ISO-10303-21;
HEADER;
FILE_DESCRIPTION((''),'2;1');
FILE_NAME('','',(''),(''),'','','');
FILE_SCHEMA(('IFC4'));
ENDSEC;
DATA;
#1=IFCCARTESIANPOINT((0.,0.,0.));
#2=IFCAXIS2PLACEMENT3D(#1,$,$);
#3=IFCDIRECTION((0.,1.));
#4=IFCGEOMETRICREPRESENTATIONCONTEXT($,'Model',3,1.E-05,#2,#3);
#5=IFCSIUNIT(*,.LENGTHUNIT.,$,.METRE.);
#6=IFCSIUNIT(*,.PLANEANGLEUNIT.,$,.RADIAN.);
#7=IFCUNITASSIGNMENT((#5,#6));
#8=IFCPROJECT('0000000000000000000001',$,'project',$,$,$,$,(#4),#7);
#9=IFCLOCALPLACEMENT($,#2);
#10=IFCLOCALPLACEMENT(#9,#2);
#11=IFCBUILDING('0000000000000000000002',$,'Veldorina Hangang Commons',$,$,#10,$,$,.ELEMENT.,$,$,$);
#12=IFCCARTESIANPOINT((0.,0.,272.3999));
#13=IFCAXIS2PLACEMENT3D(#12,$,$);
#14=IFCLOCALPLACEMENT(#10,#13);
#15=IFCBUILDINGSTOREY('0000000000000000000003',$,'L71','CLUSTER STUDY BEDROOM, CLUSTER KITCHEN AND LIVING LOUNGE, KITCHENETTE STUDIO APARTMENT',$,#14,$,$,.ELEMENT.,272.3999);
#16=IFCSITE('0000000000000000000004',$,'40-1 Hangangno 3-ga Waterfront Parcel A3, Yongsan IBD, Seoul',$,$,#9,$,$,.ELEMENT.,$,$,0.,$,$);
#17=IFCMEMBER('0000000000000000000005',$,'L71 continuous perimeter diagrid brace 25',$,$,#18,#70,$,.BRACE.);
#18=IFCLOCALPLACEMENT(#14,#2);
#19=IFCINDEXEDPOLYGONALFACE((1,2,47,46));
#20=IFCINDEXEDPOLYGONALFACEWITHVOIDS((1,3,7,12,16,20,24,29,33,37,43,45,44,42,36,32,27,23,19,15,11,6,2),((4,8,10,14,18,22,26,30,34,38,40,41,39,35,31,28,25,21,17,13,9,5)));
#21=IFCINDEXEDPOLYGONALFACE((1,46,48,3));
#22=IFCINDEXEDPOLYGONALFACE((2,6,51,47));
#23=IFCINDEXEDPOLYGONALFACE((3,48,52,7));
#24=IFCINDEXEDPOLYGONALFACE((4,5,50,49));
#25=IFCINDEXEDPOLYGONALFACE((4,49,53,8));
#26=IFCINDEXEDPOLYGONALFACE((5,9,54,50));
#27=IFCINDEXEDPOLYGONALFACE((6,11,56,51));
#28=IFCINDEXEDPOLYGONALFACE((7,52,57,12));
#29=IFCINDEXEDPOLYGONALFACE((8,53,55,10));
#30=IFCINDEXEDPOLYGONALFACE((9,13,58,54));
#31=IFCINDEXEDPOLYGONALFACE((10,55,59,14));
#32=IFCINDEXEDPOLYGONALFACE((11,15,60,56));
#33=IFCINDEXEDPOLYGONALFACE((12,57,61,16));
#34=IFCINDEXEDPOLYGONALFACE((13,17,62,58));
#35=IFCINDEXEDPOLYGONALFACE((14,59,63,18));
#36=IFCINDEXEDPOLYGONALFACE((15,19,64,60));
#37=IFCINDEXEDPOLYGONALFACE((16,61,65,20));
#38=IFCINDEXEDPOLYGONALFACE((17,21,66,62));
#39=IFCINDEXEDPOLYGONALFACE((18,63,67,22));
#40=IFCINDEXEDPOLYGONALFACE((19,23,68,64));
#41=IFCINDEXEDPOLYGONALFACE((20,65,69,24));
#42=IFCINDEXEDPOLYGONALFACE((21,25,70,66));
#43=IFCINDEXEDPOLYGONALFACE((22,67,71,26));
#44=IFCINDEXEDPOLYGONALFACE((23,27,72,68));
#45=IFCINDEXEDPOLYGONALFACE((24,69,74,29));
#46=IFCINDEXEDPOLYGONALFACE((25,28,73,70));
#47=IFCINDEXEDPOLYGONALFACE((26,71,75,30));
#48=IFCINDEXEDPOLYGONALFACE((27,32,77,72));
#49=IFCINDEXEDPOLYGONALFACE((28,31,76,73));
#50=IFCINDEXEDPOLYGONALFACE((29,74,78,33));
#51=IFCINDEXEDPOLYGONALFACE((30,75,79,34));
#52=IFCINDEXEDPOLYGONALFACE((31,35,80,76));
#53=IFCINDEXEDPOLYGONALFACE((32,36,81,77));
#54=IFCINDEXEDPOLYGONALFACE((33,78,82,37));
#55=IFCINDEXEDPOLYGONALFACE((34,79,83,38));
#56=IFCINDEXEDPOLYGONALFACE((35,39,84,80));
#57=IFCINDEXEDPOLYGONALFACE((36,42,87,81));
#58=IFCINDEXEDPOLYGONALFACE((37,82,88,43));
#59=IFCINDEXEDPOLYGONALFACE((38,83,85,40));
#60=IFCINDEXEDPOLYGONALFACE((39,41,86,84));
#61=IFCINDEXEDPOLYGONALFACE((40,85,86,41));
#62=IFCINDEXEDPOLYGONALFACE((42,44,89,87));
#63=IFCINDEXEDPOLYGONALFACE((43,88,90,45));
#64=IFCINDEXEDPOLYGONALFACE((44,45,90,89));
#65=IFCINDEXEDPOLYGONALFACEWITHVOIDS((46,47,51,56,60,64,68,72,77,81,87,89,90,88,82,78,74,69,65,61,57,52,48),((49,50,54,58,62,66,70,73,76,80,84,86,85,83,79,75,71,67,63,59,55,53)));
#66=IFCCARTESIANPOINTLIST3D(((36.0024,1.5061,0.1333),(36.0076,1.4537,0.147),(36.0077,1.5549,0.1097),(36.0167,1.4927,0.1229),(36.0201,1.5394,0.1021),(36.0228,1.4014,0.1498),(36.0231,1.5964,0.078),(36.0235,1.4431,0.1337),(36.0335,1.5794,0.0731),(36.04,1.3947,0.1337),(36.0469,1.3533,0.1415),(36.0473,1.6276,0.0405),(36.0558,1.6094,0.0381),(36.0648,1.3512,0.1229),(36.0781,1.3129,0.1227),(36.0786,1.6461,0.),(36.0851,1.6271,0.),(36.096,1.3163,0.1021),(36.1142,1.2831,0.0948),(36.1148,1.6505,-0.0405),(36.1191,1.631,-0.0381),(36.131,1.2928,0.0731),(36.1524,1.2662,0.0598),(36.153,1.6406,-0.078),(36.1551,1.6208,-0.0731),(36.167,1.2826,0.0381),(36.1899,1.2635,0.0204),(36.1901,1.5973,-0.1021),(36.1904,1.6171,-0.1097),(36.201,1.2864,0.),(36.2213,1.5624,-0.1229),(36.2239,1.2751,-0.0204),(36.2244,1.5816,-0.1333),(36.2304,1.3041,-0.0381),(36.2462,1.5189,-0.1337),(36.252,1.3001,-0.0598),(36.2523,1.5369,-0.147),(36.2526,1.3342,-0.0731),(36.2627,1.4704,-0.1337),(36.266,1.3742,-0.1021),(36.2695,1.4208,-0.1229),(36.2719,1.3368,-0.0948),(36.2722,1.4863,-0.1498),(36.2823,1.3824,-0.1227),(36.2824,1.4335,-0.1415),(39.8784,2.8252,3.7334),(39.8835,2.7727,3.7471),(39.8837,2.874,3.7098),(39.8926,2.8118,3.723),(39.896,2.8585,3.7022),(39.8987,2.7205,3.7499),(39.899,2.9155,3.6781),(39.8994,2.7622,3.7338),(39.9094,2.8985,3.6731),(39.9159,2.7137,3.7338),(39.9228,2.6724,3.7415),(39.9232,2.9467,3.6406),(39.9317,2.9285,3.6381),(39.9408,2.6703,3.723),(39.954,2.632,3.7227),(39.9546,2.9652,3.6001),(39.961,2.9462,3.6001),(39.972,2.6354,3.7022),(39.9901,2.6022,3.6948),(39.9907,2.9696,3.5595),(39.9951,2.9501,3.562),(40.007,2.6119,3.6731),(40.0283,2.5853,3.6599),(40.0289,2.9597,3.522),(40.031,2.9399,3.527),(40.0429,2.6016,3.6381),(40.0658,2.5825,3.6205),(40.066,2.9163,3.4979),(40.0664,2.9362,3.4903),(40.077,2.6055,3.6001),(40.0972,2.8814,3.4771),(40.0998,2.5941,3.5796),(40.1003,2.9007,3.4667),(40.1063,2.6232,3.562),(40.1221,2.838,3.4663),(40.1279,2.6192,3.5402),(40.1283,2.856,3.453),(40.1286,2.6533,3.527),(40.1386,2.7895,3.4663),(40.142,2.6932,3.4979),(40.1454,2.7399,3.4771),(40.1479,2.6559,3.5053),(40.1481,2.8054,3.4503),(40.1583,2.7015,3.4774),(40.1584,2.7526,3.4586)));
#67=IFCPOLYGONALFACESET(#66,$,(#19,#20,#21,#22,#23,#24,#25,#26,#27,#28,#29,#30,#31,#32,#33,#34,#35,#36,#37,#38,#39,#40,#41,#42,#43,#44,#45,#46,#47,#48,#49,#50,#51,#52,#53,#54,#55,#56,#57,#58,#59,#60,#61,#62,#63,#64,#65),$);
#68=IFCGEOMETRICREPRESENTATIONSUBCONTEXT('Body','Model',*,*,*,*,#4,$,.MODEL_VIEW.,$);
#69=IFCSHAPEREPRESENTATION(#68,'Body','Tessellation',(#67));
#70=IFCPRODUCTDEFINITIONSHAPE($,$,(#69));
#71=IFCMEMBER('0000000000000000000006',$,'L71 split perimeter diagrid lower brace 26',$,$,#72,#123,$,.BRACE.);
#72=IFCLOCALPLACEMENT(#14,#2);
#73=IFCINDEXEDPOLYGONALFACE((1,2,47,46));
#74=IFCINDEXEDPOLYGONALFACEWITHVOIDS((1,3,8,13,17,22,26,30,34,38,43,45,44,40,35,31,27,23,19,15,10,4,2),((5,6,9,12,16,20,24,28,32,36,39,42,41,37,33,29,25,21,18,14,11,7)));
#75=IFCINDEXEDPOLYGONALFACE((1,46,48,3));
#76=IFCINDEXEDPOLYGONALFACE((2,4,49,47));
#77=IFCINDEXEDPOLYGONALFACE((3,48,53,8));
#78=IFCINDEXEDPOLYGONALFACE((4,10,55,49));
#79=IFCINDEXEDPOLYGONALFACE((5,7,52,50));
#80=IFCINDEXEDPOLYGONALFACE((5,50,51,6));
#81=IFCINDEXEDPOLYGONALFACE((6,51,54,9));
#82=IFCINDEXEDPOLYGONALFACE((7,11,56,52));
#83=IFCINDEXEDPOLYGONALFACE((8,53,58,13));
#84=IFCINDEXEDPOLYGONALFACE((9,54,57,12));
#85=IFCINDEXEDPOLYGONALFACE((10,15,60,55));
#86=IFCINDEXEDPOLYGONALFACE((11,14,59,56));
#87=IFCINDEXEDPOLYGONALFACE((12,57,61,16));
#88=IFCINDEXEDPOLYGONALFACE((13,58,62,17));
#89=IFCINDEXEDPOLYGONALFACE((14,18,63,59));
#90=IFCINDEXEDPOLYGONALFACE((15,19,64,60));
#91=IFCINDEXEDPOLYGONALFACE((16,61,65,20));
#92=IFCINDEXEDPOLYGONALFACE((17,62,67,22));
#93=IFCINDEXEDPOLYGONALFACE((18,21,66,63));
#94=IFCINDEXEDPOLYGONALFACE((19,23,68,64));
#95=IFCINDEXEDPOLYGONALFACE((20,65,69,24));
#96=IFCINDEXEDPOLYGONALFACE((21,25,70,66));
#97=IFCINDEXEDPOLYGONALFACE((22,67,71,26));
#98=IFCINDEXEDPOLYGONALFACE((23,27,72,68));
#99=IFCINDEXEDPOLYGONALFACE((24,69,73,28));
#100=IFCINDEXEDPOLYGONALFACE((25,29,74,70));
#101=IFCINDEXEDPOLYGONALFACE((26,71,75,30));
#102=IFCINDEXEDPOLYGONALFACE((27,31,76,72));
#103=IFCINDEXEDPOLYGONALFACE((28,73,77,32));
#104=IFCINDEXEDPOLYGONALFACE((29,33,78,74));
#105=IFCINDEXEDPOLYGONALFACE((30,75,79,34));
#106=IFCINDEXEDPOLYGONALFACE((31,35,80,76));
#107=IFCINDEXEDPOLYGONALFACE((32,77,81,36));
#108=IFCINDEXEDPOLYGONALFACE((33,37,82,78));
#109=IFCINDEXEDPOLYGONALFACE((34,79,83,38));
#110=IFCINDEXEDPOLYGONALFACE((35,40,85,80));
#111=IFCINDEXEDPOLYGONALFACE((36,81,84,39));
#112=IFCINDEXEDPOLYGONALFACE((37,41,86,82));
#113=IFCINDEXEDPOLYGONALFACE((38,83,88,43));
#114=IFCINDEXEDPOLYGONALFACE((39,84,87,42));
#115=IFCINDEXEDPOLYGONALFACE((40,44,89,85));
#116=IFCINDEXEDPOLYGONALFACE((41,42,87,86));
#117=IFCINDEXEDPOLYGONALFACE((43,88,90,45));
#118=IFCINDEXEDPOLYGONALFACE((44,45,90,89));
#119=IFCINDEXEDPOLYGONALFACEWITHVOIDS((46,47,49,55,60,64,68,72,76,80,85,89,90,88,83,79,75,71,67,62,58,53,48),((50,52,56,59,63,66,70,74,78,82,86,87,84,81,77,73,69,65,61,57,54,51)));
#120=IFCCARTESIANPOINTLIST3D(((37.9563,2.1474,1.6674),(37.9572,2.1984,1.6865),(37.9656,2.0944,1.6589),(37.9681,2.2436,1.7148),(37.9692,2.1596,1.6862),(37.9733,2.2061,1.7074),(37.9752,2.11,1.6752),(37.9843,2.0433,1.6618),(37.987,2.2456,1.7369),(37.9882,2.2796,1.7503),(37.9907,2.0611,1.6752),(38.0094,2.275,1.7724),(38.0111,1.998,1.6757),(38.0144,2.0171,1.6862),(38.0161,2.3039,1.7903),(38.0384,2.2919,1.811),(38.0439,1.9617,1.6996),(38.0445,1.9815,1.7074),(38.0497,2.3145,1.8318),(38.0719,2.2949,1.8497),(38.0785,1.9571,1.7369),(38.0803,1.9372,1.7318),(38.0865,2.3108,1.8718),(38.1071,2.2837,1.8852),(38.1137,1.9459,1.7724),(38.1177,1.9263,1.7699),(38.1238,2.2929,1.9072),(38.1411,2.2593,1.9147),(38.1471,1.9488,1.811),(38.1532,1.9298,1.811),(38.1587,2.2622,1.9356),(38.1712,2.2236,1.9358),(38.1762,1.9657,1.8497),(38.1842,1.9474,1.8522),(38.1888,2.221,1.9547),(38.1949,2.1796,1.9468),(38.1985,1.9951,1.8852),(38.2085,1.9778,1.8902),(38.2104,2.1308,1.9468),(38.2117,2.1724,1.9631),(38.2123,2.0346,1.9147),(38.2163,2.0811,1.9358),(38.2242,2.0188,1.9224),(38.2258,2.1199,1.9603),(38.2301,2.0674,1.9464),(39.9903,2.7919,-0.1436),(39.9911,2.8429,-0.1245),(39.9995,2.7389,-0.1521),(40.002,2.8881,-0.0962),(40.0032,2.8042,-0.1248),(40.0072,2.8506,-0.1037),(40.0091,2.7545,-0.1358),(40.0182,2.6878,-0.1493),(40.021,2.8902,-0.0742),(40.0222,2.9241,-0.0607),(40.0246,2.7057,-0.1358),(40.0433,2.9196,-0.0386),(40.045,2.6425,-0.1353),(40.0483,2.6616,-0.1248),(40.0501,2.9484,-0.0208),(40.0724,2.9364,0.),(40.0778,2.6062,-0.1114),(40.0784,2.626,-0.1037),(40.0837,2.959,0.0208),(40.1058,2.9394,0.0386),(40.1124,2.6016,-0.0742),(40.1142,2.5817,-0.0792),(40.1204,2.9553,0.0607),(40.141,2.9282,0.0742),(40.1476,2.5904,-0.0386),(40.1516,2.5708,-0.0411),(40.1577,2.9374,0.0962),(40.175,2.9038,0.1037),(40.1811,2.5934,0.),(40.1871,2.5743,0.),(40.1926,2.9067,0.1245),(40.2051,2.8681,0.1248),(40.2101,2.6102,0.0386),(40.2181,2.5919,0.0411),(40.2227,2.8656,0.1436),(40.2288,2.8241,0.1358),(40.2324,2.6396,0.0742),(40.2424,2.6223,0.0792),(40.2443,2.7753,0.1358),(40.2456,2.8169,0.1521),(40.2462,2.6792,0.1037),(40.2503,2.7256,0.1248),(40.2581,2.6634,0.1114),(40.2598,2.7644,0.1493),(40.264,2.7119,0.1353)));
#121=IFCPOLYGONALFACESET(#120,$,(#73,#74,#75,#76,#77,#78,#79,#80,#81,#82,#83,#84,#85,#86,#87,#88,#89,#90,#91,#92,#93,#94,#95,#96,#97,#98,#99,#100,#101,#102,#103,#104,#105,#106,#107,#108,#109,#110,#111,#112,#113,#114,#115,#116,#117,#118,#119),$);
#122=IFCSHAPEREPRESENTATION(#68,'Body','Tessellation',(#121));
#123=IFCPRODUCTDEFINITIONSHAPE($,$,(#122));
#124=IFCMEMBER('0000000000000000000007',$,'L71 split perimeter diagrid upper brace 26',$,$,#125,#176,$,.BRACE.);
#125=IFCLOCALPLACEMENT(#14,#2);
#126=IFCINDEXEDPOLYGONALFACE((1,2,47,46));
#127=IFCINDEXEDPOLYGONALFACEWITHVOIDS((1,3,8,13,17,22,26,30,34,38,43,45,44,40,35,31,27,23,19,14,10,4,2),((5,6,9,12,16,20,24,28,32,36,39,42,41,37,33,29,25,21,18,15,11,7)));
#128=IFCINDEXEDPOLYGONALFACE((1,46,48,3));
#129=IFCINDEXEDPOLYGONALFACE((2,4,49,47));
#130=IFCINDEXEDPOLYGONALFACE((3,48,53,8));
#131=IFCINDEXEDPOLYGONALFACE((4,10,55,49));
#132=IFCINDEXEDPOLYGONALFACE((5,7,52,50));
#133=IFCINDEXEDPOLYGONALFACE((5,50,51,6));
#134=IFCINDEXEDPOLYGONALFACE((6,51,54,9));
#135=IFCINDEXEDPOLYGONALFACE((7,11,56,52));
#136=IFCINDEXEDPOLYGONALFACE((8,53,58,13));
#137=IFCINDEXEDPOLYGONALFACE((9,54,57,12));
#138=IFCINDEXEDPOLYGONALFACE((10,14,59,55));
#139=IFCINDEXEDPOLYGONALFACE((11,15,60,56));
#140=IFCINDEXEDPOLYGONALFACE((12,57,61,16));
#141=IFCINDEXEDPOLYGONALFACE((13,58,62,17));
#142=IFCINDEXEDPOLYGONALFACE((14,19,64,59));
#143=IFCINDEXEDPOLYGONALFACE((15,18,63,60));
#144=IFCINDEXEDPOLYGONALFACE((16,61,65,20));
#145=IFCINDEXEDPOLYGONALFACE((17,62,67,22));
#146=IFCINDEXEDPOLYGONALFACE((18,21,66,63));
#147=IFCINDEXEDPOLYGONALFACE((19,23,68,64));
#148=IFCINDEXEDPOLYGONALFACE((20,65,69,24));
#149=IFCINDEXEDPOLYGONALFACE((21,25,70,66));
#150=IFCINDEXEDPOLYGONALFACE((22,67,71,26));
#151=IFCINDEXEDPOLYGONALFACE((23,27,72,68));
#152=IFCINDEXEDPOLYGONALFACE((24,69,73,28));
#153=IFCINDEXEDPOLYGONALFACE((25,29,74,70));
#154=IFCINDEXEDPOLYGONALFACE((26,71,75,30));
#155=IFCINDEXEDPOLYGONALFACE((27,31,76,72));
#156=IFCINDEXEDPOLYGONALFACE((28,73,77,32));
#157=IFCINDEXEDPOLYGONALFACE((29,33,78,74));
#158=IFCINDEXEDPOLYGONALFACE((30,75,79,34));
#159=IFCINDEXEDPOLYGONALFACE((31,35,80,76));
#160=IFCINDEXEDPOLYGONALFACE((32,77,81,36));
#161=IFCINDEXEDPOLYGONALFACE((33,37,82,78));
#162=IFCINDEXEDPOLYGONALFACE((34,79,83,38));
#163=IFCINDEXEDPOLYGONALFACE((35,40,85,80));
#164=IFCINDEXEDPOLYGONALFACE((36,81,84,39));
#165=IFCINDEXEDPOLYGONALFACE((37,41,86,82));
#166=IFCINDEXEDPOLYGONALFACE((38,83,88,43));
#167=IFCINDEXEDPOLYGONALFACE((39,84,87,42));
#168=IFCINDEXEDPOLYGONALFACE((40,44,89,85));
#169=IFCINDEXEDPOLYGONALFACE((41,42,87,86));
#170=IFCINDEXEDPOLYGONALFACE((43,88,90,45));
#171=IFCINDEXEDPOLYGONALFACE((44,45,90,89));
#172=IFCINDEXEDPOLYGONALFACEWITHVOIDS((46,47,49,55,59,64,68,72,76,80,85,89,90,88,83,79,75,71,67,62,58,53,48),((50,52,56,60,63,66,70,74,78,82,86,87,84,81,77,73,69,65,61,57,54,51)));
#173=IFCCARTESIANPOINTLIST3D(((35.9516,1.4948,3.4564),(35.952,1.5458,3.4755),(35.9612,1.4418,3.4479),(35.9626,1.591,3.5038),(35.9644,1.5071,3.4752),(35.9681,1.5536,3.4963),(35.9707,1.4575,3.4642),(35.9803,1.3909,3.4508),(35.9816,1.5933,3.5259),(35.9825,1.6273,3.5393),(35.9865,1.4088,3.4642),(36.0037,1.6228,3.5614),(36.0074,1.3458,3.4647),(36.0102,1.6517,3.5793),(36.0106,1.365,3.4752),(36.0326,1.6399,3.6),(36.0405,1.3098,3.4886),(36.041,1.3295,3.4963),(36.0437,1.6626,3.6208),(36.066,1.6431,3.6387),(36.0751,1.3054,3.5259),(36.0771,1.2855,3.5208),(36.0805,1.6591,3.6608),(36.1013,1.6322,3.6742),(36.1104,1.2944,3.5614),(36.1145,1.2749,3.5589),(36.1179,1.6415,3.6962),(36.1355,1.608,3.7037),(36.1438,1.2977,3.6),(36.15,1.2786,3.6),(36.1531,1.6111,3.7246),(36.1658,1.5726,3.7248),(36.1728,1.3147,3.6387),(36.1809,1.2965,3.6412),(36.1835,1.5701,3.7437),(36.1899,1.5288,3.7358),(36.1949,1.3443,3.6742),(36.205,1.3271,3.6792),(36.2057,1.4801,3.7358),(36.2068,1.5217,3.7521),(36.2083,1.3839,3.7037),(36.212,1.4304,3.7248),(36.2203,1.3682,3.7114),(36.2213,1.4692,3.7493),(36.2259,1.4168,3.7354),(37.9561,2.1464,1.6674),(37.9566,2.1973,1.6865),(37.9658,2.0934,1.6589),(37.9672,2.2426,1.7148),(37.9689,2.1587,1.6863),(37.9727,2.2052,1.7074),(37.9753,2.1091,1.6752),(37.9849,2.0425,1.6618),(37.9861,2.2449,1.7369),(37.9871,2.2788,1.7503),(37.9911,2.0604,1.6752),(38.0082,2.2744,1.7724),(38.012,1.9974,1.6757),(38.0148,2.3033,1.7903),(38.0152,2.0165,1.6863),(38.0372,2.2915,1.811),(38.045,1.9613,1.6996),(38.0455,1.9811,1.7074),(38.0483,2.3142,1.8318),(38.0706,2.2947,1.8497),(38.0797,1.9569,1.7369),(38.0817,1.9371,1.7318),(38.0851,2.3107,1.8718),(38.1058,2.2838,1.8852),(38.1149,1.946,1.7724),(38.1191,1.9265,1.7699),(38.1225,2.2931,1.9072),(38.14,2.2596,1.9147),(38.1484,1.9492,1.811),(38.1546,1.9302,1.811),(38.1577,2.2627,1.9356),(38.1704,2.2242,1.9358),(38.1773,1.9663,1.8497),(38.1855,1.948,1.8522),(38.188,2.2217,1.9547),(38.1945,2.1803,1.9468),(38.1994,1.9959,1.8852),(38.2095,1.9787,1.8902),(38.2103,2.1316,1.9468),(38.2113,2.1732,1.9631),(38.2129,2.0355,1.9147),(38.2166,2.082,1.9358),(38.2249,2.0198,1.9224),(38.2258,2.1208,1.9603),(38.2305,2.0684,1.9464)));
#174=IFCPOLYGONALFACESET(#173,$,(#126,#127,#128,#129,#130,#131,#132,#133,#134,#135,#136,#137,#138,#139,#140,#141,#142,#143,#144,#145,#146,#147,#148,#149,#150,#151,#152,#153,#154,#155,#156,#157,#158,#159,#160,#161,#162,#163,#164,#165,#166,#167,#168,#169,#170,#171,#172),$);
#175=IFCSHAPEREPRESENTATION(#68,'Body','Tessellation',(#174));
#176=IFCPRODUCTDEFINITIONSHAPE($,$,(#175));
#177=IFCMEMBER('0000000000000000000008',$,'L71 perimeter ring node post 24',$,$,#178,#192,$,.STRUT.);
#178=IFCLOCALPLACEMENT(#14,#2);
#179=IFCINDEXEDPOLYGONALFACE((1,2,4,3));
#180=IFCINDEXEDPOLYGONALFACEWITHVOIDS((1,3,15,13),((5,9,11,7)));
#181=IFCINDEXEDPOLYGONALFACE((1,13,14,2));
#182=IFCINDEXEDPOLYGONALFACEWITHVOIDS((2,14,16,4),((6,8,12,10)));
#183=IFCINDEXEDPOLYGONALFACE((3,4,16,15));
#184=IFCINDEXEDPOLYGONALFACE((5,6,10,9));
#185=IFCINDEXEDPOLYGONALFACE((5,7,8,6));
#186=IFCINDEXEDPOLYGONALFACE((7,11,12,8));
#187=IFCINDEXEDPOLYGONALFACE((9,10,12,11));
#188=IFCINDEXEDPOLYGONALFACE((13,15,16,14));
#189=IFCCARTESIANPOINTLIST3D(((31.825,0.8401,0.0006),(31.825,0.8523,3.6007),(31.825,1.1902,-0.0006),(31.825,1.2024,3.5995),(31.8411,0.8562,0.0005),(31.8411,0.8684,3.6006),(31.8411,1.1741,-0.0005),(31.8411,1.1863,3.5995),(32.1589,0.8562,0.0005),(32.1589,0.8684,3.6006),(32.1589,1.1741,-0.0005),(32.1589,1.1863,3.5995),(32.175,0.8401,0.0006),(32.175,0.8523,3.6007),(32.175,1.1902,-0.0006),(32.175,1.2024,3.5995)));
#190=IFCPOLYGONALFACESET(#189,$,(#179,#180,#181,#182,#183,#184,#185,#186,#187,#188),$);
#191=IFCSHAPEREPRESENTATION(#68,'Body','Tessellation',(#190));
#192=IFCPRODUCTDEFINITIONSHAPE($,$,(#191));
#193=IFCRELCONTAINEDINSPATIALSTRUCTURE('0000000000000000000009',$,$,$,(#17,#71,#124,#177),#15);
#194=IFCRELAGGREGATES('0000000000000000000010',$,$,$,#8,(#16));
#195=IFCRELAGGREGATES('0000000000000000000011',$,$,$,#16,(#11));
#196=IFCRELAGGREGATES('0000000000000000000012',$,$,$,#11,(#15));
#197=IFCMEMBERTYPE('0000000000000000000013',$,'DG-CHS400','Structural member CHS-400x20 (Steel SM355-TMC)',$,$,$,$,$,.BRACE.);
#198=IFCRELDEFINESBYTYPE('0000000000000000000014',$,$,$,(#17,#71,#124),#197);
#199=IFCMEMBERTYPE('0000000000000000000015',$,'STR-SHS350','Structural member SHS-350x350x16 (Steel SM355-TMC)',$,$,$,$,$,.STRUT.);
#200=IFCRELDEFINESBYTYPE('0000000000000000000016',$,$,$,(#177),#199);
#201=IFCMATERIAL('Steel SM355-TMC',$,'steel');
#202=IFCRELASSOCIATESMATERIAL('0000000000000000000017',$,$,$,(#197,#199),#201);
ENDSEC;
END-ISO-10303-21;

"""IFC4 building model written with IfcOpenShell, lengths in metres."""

from ifc_helpers import new_model, si_unit, direction, frame, origin, origin_2d, place, context, subcontext, project, spatial, hollow_rectangle, hollow_circle, extrude, material, material_profile, profile_set, type_object, element, save


model = new_model("IFC4")

# Units and contexts
model_context = context("Model", 3, precision=1e-05, world=origin(), true_north=direction((0.0, 1.0)))
body_context = subcontext(model_context, "Body", "Model", "MODEL_VIEW")
ifc_project = project(units=[si_unit("LENGTHUNIT", "METRE"), si_unit("PLANEANGLEUNIT", "RADIAN")], contexts=[model_context])

# Site, building, storey
site_placement = place(None, origin())
site = spatial("IfcSite", under=ifc_project, at=site_placement, Name="40-1 Hangangno 3-ga Waterfront Parcel A3, Yongsan IBD, Seoul", CompositionType="ELEMENT", RefElevation=0.0)
building_placement = place(site_placement, origin())
building = spatial("IfcBuilding", under=site, at=building_placement, Name="Veldorina Hangang Commons", CompositionType="ELEMENT")
storey_placement = place(building_placement, frame((0.0, 0.0, 272.3999)))
storey = spatial("IfcBuildingStorey", under=building, at=storey_placement, Name="L71", Description="CLUSTER STUDY BEDROOM, CLUSTER KITCHEN AND LIVING LOUNGE, KITCHENETTE STUDIO APARTMENT", CompositionType="ELEMENT", Elevation=272.3999)

# Shared definitions
ifc_material_1 = material(Name="Steel SM355-TMC", Category="steel")

# Members
ifc_material_profile_1 = material_profile(ifc_material_1, hollow_circle(Radius=0.2, WallThickness=0.02, at=origin_2d()), Name="CHS-400x20")
ifc_profile_set_1 = profile_set([ifc_material_profile_1], Name="Steel SM355-TMC")
member_type_1 = type_object("IfcMemberType", Name="DG-CHS400", Description="Structural member CHS-400x20 (Steel SM355-TMC)", PredefinedType="BRACE", material=ifc_profile_set_1)
member_1_placement = place(storey_placement, frame((36.1431, 1.4568, 0.0), z_axis=(0.710932, 0.241948, 0.660331), x_axis=(-0.322179, 0.946679, 0.0)))
element("IfcMember", 1, at=member_1_placement, inside=storey, type_object=member_type_1, Name="L71 continuous perimeter diagrid brace 25", PredefinedType="BRACE", context=body_context, shape_type="SweptSolid", body=[
    extrude(hollow_circle(Radius=0.2, WallThickness=0.02, at=origin_2d()), origin(), (0.0, 0.0, 1.0), 5.4519),
])
member_2_placement = place(storey_placement, frame((40.1267, 2.7649, 0.0), z_axis=(-0.726769, -0.230305, 0.647122), x_axis=(0.302084, -0.953281, 0.0)))
element("IfcMember", 2, at=member_2_placement, inside=storey, type_object=member_type_1, Name="L71 split perimeter diagrid lower brace 26", PredefinedType="BRACE", context=body_context, shape_type="SweptSolid", body=[
    extrude(hollow_circle(Radius=0.2, WallThickness=0.02, at=origin_2d()), origin(), (0.0, 0.0, 1.0), 2.7986),
])
member_3_placement = place(storey_placement, frame((38.0928, 2.1204, 1.811), z_axis=(-0.725067, -0.235684, 0.647094), x_axis=(0.309131, -0.95102, 0.0)))
element("IfcMember", 3, at=member_3_placement, inside=storey, type_object=member_type_1, Name="L71 split perimeter diagrid upper brace 26", PredefinedType="BRACE", context=body_context, shape_type="SweptSolid", body=[
    extrude(hollow_circle(Radius=0.2, WallThickness=0.02, at=origin_2d()), origin(), (0.0, 0.0, 1.0), 2.7646),
])
ifc_material_profile_2 = material_profile(ifc_material_1, hollow_rectangle(XDim=0.3501, YDim=0.3501, WallThickness=0.0161, at=origin_2d()), Name="SHS-350x350x16")
ifc_profile_set_2 = profile_set([ifc_material_profile_2], Name="Steel SM355-TMC")
member_type_2 = type_object("IfcMemberType", Name="STR-SHS350", Description="Structural member SHS-350x350x16 (Steel SM355-TMC)", PredefinedType="STRUT", material=ifc_profile_set_2)
member_4_placement = place(storey_placement, frame((32.0, 1.0151, 0.0), z_axis=(0.0, 0.003391, 0.999994), x_axis=(-1.0, 0.0, 0.0)))
element("IfcMember", 4, at=member_4_placement, inside=storey, type_object=member_type_2, Name="L71 perimeter ring node post 24", PredefinedType="STRUT", context=body_context, shape_type="SweptSolid", body=[
    extrude(hollow_rectangle(XDim=0.3501, YDim=0.3501, WallThickness=0.0161, at=origin_2d()), origin(), (0.0, 0.0, 1.0), 3.6001),
])

save(model, "model.ifc")
